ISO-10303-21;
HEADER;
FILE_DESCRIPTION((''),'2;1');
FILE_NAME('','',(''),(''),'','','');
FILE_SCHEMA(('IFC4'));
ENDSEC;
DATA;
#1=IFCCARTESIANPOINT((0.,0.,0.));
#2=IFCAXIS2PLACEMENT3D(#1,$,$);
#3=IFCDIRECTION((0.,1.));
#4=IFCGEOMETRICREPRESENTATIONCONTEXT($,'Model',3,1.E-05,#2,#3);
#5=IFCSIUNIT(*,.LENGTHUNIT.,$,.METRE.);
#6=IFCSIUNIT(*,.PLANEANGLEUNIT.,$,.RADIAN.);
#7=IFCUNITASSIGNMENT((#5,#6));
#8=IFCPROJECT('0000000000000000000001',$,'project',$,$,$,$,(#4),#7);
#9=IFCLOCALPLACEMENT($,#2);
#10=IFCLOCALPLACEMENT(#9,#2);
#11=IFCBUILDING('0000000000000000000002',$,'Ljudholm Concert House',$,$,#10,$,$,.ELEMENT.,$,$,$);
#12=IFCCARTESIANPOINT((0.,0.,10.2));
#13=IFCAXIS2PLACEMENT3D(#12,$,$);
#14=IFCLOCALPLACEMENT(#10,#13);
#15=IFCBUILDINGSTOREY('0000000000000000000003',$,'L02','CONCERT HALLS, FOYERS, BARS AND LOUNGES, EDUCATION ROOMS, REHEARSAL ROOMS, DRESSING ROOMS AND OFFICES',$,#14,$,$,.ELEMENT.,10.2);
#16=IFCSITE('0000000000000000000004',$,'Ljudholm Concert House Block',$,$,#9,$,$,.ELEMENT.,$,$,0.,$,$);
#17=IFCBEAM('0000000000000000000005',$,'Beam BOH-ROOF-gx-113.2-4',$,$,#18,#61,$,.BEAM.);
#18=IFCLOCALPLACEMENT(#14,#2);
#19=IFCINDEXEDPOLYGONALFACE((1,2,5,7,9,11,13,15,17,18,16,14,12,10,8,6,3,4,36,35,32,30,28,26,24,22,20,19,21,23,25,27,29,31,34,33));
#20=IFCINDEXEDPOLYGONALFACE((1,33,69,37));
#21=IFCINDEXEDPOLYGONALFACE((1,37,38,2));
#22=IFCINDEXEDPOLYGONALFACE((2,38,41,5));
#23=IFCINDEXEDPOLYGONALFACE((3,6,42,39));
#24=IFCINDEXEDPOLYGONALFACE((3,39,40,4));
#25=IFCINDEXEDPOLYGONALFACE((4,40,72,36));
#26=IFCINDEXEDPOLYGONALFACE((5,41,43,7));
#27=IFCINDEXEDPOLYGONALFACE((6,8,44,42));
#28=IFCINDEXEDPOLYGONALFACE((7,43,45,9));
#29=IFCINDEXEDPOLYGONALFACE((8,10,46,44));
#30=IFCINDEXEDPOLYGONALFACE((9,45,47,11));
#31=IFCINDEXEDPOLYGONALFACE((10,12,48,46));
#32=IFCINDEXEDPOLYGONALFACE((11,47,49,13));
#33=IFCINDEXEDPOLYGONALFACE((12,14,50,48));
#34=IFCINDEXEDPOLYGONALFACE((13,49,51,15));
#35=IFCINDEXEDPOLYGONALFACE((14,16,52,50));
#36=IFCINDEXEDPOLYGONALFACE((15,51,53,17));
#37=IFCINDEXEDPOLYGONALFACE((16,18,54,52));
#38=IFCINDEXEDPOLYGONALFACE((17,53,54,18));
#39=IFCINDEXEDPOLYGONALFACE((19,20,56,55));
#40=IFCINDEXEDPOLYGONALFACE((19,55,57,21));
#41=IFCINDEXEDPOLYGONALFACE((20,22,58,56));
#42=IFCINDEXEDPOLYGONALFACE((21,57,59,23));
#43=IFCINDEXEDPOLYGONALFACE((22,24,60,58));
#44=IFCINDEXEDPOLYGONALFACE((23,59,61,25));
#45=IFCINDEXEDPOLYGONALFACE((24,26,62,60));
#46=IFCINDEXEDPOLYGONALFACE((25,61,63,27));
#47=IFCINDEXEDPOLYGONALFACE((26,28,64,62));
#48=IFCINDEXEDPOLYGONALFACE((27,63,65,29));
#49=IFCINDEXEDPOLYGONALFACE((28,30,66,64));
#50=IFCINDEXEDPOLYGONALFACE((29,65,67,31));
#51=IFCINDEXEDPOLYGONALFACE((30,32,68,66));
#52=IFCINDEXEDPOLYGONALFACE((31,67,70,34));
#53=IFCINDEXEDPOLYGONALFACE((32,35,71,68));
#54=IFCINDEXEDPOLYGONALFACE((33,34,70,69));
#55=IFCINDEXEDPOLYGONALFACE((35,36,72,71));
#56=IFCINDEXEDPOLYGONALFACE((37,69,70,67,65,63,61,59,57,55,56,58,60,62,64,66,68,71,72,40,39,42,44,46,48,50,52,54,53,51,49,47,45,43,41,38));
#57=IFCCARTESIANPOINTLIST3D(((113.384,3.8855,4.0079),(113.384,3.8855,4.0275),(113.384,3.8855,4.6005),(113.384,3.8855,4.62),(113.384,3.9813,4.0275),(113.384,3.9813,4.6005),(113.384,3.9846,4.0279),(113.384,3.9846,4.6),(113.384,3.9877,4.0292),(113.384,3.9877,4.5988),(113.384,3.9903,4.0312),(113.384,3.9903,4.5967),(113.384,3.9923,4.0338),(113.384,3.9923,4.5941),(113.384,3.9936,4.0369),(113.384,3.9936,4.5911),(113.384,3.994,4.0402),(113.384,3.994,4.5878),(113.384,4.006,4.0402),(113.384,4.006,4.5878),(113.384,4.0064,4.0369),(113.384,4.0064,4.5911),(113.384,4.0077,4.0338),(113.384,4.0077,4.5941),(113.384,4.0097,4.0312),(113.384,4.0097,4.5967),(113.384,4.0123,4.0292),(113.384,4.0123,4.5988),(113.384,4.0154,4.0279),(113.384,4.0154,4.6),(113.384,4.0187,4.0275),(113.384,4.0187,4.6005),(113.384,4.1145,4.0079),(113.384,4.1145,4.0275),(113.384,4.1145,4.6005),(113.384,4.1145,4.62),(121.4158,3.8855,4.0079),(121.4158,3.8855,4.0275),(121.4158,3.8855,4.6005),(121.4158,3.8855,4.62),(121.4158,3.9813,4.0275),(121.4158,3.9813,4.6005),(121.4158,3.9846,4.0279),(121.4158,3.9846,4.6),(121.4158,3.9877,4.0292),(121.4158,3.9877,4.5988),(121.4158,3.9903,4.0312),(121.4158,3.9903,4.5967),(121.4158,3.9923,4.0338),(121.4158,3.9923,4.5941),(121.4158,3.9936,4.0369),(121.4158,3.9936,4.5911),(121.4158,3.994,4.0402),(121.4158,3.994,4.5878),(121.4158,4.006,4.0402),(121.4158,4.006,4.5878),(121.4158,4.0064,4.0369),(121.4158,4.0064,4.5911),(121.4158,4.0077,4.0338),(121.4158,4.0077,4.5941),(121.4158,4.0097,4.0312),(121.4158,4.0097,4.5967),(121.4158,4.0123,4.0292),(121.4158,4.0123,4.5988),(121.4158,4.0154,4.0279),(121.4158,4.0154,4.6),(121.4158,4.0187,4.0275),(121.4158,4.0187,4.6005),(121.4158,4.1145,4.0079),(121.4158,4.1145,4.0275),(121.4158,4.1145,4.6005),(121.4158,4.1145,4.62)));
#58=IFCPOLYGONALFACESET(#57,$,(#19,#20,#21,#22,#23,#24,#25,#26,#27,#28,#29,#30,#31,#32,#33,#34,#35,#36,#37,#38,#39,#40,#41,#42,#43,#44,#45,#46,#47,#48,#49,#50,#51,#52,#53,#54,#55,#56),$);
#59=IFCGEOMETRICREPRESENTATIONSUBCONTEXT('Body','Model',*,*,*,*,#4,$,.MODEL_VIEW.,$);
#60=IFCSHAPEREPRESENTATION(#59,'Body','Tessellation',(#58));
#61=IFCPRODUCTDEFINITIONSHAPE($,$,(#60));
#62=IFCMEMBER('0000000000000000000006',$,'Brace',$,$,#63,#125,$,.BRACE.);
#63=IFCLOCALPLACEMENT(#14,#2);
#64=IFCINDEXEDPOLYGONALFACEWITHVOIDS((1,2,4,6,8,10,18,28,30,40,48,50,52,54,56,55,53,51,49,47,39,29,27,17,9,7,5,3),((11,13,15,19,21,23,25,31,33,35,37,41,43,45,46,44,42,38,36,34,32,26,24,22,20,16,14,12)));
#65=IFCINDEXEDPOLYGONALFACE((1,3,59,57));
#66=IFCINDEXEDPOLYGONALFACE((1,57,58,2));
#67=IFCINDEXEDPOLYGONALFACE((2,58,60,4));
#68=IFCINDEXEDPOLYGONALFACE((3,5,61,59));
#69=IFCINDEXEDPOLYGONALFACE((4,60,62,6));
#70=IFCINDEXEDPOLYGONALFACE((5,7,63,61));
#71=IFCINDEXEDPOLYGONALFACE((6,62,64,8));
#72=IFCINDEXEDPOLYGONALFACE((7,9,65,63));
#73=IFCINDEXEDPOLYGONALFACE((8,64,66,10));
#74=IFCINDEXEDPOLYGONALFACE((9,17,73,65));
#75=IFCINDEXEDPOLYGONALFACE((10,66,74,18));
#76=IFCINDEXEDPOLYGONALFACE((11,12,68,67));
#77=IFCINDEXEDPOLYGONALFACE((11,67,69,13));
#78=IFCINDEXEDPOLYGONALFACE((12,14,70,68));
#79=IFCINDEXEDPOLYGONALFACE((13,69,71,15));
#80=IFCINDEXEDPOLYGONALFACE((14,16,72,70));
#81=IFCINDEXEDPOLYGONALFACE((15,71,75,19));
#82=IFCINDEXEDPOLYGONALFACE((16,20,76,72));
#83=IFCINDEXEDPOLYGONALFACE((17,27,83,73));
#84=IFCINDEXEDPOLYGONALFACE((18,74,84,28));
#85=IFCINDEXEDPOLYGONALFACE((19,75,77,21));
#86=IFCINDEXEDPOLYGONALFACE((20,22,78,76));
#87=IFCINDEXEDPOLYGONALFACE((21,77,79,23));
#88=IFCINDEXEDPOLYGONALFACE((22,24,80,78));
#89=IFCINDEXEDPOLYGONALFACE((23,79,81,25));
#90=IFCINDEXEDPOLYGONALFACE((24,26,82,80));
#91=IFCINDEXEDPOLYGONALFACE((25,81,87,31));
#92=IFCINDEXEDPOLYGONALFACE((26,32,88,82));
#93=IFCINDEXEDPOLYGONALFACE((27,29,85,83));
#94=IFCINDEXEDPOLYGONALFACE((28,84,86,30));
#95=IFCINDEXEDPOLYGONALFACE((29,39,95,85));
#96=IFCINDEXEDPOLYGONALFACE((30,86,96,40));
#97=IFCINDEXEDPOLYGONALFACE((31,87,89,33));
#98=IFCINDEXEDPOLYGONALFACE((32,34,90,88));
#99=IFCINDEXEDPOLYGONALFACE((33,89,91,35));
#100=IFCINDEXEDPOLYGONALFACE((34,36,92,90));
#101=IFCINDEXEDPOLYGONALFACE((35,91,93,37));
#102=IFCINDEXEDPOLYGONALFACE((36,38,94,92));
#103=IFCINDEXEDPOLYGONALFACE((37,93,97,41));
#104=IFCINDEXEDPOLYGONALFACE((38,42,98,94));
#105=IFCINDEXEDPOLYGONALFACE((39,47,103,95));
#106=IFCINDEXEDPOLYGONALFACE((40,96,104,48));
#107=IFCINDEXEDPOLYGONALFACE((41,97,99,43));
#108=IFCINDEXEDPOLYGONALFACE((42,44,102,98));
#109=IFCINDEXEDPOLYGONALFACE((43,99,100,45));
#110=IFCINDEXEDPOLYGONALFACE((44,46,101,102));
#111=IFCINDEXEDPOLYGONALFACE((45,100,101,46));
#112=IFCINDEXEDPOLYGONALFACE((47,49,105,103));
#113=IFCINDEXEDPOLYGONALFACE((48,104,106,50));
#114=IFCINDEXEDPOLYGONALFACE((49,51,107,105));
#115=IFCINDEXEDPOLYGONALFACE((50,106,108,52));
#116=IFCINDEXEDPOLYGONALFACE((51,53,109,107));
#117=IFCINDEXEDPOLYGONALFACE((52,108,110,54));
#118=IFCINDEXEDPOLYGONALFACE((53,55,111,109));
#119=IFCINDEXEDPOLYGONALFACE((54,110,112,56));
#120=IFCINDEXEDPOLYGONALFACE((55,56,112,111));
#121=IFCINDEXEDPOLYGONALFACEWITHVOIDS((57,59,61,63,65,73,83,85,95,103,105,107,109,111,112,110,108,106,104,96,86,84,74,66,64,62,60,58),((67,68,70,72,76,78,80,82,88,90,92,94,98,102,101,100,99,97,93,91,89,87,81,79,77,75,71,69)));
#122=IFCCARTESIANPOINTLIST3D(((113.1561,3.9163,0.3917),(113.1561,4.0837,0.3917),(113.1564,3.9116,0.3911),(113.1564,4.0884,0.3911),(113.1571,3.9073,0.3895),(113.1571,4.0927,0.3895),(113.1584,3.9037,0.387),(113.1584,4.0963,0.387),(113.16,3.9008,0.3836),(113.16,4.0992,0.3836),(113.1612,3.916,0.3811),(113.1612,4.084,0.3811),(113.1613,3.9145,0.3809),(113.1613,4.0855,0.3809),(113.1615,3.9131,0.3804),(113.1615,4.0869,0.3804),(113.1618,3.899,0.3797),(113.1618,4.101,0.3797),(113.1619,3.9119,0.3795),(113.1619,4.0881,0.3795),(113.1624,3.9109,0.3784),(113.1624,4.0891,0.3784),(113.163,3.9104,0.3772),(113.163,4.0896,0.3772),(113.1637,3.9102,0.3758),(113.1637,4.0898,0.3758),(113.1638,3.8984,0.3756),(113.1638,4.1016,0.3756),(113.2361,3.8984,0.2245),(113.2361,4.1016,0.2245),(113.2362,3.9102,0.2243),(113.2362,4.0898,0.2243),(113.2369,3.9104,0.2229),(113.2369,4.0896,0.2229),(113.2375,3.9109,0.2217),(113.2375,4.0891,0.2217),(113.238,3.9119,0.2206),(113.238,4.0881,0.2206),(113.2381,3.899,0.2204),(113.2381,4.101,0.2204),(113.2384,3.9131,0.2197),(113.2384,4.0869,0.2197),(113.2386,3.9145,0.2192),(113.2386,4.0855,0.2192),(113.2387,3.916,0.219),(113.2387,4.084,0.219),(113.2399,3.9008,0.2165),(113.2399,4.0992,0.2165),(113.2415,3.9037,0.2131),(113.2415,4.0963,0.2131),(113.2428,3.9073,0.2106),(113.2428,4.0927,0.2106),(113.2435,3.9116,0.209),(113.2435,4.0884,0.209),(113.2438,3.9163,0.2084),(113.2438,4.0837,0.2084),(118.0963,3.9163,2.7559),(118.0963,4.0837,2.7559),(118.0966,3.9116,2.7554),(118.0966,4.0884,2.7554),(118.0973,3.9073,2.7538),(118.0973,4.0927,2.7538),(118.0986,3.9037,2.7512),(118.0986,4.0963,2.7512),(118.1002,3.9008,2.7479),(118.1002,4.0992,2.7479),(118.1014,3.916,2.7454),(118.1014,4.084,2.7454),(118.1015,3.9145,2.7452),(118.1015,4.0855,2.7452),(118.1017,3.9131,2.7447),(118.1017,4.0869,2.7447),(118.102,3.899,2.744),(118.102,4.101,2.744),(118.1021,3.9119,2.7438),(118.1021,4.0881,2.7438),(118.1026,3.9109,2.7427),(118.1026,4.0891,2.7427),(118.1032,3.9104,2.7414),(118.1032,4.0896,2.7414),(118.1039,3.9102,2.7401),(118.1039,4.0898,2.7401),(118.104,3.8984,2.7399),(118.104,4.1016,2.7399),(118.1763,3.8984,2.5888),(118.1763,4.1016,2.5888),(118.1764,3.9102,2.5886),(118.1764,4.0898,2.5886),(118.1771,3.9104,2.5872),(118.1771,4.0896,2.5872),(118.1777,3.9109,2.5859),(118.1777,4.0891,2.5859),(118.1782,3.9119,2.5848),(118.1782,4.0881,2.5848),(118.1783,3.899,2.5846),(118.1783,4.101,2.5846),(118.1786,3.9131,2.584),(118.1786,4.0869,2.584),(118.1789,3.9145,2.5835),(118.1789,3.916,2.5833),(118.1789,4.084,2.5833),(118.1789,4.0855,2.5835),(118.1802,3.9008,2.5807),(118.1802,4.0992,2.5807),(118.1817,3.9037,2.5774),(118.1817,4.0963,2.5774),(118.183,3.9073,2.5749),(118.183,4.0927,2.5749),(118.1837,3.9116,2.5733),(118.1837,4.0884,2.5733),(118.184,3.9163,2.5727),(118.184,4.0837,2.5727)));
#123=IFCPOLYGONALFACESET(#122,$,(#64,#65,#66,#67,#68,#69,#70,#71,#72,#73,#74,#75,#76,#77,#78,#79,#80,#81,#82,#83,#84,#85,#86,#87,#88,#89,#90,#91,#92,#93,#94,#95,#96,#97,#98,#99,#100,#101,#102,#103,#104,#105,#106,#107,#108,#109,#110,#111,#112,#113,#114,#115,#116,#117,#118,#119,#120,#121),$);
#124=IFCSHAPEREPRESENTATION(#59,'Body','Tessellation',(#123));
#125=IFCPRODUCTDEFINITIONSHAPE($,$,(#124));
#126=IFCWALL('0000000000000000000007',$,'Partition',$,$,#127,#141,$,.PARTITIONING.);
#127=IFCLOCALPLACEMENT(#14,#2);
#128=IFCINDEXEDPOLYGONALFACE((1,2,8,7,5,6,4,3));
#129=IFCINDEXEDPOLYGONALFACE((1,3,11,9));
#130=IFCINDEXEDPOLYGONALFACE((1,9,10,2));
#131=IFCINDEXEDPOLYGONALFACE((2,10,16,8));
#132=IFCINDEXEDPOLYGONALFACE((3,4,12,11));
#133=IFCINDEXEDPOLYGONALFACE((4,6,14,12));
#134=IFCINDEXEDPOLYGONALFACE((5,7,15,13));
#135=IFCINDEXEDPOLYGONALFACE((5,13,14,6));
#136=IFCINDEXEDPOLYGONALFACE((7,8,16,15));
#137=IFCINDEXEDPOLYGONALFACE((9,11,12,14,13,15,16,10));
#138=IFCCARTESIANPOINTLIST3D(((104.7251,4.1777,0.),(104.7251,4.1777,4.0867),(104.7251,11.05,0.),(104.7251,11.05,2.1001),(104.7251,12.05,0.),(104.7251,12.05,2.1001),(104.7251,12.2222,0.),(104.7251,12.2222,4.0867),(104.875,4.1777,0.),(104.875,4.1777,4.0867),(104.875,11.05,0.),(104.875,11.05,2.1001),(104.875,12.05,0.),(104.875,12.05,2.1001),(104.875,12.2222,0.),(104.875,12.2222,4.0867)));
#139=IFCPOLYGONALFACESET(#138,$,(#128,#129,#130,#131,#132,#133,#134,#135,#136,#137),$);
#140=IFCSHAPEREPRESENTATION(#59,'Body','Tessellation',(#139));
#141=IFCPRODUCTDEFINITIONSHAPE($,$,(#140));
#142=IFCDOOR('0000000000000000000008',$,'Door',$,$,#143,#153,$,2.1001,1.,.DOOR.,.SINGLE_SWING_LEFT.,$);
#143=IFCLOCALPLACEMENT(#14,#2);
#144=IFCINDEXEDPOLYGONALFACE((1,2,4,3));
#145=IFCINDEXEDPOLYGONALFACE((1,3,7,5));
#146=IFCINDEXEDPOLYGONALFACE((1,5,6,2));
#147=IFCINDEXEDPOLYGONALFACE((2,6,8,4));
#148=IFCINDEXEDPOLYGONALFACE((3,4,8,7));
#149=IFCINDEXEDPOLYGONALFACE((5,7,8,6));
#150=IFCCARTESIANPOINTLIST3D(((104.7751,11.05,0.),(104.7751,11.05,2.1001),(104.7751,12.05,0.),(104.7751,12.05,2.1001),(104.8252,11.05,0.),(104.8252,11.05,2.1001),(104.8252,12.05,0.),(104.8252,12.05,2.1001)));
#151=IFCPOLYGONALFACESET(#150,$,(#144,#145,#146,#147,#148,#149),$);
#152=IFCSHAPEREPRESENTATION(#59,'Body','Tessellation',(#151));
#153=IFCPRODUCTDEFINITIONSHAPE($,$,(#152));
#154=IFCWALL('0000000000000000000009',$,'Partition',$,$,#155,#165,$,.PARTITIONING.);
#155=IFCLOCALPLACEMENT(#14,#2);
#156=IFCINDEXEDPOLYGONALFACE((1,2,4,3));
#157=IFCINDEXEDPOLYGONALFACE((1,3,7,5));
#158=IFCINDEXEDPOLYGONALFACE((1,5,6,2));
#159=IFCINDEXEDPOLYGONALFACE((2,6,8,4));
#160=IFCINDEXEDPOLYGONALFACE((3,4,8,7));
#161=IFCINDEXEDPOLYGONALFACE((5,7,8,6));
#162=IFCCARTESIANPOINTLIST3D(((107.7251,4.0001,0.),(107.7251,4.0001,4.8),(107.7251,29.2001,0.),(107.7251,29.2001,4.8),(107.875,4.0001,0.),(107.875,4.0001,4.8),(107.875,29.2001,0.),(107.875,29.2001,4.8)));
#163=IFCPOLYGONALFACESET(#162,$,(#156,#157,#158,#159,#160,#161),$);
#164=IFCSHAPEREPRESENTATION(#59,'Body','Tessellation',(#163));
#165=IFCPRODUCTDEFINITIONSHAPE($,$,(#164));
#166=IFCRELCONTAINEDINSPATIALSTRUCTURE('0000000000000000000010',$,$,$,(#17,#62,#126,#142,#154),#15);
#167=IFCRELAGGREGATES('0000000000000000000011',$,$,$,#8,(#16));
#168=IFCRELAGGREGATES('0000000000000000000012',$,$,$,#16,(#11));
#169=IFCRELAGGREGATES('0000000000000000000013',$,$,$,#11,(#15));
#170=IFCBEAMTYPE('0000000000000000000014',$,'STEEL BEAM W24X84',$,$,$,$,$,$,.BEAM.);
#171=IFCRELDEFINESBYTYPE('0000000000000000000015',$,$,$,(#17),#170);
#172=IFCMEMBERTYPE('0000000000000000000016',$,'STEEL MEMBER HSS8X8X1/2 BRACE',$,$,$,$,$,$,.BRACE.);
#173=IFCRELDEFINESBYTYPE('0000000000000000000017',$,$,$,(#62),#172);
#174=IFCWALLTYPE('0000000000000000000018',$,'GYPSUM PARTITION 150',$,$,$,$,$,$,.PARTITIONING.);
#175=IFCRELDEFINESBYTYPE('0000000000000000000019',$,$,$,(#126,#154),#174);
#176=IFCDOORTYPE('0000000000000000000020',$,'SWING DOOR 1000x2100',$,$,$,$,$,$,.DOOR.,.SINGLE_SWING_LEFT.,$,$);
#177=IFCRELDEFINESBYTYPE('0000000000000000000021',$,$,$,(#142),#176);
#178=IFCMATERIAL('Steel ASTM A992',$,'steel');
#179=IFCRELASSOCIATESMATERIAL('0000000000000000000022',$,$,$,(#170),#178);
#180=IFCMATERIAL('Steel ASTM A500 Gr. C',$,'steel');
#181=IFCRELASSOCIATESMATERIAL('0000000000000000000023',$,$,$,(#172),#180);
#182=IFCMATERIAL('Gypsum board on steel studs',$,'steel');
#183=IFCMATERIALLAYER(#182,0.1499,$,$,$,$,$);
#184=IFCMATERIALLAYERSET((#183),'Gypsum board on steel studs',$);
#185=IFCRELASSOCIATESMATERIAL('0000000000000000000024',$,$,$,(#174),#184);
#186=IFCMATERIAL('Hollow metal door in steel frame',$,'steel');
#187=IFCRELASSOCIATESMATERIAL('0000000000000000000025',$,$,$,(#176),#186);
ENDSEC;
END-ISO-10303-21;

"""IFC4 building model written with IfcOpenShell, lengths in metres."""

from ifc_helpers import new_model, si_unit, direction, frame, frame_2d, origin, origin_2d, place, context, subcontext, project, spatial, rectangle, hollow_rectangle, i_section, extrude, material, layer, layer_set, material_profile, profile_set, type_object, element, fill, save


model = new_model("IFC4")

# Units and contexts
model_context = context("Model", 3, precision=1e-05, world=origin(), true_north=direction((0.0, 1.0)))
body_context = subcontext(model_context, "Body", "Model", "MODEL_VIEW")
ifc_project = project(units=[si_unit("LENGTHUNIT", "METRE"), si_unit("PLANEANGLEUNIT", "RADIAN")], contexts=[model_context])

# Site, building, storey
site_placement = place(None, origin())
site = spatial("IfcSite", under=ifc_project, at=site_placement, Name="Ljudholm Concert House Block", CompositionType="ELEMENT", RefElevation=0.0)
building_placement = place(site_placement, origin())
building = spatial("IfcBuilding", under=site, at=building_placement, Name="Ljudholm Concert House", CompositionType="ELEMENT")
storey_placement = place(building_placement, frame((0.0, 0.0, 10.2)))
storey = spatial("IfcBuildingStorey", under=building, at=storey_placement, Name="L02", Description="CONCERT HALLS, FOYERS, BARS AND LOUNGES, EDUCATION ROOMS, REHEARSAL ROOMS, DRESSING ROOMS AND OFFICES", CompositionType="ELEMENT", Elevation=10.2)

# Beam
ifc_material_1 = material(Name="Steel ASTM A992", Category="steel")
ifc_material_profile_1 = material_profile(ifc_material_1, i_section(OverallWidth=0.229, OverallDepth=0.6121, WebThickness=0.012, FlangeThickness=0.0195, FilletRadius=0.0127, at=origin_2d()), Name="W24X84")
ifc_profile_set_1 = profile_set([ifc_material_profile_1], Name="Steel ASTM A992")
beam_type_1 = type_object("IfcBeamType", Name="STEEL BEAM W24X84", PredefinedType="BEAM", material=ifc_profile_set_1)
for number, where, z_axis, x_axis, name in (
    (1, (113.384, 4.0, 4.314), (1.0, 0.0, 0.0), (0.0, 1.0, 0.0), "Beam BOH-ROOF-gx-113.2-4"),
):
    element("IfcBeam", number, at=place(storey_placement, frame(where, z_axis=z_axis, x_axis=x_axis)), inside=storey, type_object=beam_type_1, Name=name, PredefinedType="BEAM", context=body_context, shape_type="SweptSolid", body=[
        extrude(i_section(OverallWidth=0.229, OverallDepth=0.6121, WebThickness=0.012, FlangeThickness=0.0195, FilletRadius=0.0127, at=origin_2d()), origin(), (0.0, 0.0, 1.0), 8.0317),
    ])

# Member
ifc_material_2 = material(Name="Steel ASTM A500 Gr. C", Category="steel")
ifc_material_profile_2 = material_profile(ifc_material_2, hollow_rectangle(XDim=0.2031, YDim=0.2031, WallThickness=0.0117, InnerFilletRadius=0.0059, OuterFilletRadius=0.0178, at=origin_2d()), Name="HSS8X8X1/2")
ifc_profile_set_2 = profile_set([ifc_material_profile_2], Name="Steel ASTM A500 Gr. C")
member_type = type_object("IfcMemberType", Name="STEEL MEMBER HSS8X8X1/2 BRACE", PredefinedType="BRACE", material=ifc_profile_set_2)
member_placement = place(storey_placement, frame((113.2, 4.0, 0.3), z_axis=(0.902023, 0.0, 0.431687), x_axis=(0.0, 1.0, 0.0)))
element("IfcMember", 2, at=member_placement, inside=storey, type_object=member_type, Name="Brace", PredefinedType="BRACE", context=body_context, shape_type="SweptSolid", body=[
    extrude(hollow_rectangle(XDim=0.2031, YDim=0.2031, WallThickness=0.0117, InnerFilletRadius=0.0059, OuterFilletRadius=0.0178, at=origin_2d()), origin(), (0.0, 0.0, 1.0), 5.4768),
])

# Wall, opening, door
ifc_material_3 = material(Name="Gypsum board on steel studs", Category="steel")
ifc_layer_1 = layer(ifc_material_3, 0.1499)
ifc_layer_set_1 = layer_set([ifc_layer_1], Name="Gypsum board on steel studs")
wall_type_1 = type_object("IfcWallType", Name="GYPSUM PARTITION 150", PredefinedType="PARTITIONING", material=ifc_layer_set_1)
wall_1_placement = place(storey_placement, frame((104.8, 4.1777, 0.0), z_axis=(0.0, 0.0, 1.0), x_axis=(0.0, 1.0, 0.0)))
wall_1 = element("IfcWall", 3, at=wall_1_placement, inside=storey, type_object=wall_type_1, Name="Partition", PredefinedType="PARTITIONING", context=body_context, shape_type="SweptSolid", body=[
    extrude(rectangle(XDim=8.0444, YDim=0.1499, at=frame_2d((4.0222, 0.0))), origin(), (0.0, 0.0, 1.0), 4.0867),
])
opening_1_placement = place(wall_1_placement, frame((6.8723, 0.0, 0.0)))
opening_1 = element("IfcOpeningElement", 4, at=opening_1_placement, cuts=wall_1, PredefinedType="OPENING", context=body_context, shape_type="SweptSolid", body=[
    extrude(rectangle(XDim=1.0, YDim=2.1001, at=frame_2d((0.5, 1.05))), frame((0.0, 0.085, 0.0), z_axis=(0.0, -1.0, 0.0), x_axis=(1.0, 0.0, 0.0)), (0.0, 0.0, 1.0), 0.1699),
])
ifc_material_4 = material(Name="Hollow metal door in steel frame", Category="steel")
door_type = type_object("IfcDoorType", Name="SWING DOOR 1000x2100", OperationType="SINGLE_SWING_LEFT", PredefinedType="DOOR", material=ifc_material_4)
door_1_placement = place(opening_1_placement, origin())
door_1 = element("IfcDoor", 5, at=door_1_placement, inside=storey, type_object=door_type, Name="Door", OperationType="SINGLE_SWING_LEFT", OverallHeight=2.1001, OverallWidth=1.0, PredefinedType="DOOR", context=body_context, shape_type="SweptSolid", body=[
    extrude(rectangle(XDim=1.0, YDim=2.1001, at=frame_2d((0.5, 1.05))), frame((0.0, 0.0249, 0.0), z_axis=(0.0, -1.0, 0.0), x_axis=(1.0, 0.0, 0.0)), (0.0, 0.0, 1.0), 0.05),
])
fill(opening_1, door_1)

# Wall
wall_2_placement = place(storey_placement, frame((107.8, 4.0, 0.0), z_axis=(0.0, 0.0, 1.0), x_axis=(0.0, 1.0, 0.0)))
element("IfcWall", 6, at=wall_2_placement, inside=storey, type_object=wall_type_1, Name="Partition", PredefinedType="PARTITIONING", context=body_context, shape_type="SweptSolid", body=[
    extrude(rectangle(XDim=25.2, YDim=0.1499, at=frame_2d((12.6001, 0.0))), origin(), (0.0, 0.0, 1.0), 4.8),
])

save(model, "model.ifc")
